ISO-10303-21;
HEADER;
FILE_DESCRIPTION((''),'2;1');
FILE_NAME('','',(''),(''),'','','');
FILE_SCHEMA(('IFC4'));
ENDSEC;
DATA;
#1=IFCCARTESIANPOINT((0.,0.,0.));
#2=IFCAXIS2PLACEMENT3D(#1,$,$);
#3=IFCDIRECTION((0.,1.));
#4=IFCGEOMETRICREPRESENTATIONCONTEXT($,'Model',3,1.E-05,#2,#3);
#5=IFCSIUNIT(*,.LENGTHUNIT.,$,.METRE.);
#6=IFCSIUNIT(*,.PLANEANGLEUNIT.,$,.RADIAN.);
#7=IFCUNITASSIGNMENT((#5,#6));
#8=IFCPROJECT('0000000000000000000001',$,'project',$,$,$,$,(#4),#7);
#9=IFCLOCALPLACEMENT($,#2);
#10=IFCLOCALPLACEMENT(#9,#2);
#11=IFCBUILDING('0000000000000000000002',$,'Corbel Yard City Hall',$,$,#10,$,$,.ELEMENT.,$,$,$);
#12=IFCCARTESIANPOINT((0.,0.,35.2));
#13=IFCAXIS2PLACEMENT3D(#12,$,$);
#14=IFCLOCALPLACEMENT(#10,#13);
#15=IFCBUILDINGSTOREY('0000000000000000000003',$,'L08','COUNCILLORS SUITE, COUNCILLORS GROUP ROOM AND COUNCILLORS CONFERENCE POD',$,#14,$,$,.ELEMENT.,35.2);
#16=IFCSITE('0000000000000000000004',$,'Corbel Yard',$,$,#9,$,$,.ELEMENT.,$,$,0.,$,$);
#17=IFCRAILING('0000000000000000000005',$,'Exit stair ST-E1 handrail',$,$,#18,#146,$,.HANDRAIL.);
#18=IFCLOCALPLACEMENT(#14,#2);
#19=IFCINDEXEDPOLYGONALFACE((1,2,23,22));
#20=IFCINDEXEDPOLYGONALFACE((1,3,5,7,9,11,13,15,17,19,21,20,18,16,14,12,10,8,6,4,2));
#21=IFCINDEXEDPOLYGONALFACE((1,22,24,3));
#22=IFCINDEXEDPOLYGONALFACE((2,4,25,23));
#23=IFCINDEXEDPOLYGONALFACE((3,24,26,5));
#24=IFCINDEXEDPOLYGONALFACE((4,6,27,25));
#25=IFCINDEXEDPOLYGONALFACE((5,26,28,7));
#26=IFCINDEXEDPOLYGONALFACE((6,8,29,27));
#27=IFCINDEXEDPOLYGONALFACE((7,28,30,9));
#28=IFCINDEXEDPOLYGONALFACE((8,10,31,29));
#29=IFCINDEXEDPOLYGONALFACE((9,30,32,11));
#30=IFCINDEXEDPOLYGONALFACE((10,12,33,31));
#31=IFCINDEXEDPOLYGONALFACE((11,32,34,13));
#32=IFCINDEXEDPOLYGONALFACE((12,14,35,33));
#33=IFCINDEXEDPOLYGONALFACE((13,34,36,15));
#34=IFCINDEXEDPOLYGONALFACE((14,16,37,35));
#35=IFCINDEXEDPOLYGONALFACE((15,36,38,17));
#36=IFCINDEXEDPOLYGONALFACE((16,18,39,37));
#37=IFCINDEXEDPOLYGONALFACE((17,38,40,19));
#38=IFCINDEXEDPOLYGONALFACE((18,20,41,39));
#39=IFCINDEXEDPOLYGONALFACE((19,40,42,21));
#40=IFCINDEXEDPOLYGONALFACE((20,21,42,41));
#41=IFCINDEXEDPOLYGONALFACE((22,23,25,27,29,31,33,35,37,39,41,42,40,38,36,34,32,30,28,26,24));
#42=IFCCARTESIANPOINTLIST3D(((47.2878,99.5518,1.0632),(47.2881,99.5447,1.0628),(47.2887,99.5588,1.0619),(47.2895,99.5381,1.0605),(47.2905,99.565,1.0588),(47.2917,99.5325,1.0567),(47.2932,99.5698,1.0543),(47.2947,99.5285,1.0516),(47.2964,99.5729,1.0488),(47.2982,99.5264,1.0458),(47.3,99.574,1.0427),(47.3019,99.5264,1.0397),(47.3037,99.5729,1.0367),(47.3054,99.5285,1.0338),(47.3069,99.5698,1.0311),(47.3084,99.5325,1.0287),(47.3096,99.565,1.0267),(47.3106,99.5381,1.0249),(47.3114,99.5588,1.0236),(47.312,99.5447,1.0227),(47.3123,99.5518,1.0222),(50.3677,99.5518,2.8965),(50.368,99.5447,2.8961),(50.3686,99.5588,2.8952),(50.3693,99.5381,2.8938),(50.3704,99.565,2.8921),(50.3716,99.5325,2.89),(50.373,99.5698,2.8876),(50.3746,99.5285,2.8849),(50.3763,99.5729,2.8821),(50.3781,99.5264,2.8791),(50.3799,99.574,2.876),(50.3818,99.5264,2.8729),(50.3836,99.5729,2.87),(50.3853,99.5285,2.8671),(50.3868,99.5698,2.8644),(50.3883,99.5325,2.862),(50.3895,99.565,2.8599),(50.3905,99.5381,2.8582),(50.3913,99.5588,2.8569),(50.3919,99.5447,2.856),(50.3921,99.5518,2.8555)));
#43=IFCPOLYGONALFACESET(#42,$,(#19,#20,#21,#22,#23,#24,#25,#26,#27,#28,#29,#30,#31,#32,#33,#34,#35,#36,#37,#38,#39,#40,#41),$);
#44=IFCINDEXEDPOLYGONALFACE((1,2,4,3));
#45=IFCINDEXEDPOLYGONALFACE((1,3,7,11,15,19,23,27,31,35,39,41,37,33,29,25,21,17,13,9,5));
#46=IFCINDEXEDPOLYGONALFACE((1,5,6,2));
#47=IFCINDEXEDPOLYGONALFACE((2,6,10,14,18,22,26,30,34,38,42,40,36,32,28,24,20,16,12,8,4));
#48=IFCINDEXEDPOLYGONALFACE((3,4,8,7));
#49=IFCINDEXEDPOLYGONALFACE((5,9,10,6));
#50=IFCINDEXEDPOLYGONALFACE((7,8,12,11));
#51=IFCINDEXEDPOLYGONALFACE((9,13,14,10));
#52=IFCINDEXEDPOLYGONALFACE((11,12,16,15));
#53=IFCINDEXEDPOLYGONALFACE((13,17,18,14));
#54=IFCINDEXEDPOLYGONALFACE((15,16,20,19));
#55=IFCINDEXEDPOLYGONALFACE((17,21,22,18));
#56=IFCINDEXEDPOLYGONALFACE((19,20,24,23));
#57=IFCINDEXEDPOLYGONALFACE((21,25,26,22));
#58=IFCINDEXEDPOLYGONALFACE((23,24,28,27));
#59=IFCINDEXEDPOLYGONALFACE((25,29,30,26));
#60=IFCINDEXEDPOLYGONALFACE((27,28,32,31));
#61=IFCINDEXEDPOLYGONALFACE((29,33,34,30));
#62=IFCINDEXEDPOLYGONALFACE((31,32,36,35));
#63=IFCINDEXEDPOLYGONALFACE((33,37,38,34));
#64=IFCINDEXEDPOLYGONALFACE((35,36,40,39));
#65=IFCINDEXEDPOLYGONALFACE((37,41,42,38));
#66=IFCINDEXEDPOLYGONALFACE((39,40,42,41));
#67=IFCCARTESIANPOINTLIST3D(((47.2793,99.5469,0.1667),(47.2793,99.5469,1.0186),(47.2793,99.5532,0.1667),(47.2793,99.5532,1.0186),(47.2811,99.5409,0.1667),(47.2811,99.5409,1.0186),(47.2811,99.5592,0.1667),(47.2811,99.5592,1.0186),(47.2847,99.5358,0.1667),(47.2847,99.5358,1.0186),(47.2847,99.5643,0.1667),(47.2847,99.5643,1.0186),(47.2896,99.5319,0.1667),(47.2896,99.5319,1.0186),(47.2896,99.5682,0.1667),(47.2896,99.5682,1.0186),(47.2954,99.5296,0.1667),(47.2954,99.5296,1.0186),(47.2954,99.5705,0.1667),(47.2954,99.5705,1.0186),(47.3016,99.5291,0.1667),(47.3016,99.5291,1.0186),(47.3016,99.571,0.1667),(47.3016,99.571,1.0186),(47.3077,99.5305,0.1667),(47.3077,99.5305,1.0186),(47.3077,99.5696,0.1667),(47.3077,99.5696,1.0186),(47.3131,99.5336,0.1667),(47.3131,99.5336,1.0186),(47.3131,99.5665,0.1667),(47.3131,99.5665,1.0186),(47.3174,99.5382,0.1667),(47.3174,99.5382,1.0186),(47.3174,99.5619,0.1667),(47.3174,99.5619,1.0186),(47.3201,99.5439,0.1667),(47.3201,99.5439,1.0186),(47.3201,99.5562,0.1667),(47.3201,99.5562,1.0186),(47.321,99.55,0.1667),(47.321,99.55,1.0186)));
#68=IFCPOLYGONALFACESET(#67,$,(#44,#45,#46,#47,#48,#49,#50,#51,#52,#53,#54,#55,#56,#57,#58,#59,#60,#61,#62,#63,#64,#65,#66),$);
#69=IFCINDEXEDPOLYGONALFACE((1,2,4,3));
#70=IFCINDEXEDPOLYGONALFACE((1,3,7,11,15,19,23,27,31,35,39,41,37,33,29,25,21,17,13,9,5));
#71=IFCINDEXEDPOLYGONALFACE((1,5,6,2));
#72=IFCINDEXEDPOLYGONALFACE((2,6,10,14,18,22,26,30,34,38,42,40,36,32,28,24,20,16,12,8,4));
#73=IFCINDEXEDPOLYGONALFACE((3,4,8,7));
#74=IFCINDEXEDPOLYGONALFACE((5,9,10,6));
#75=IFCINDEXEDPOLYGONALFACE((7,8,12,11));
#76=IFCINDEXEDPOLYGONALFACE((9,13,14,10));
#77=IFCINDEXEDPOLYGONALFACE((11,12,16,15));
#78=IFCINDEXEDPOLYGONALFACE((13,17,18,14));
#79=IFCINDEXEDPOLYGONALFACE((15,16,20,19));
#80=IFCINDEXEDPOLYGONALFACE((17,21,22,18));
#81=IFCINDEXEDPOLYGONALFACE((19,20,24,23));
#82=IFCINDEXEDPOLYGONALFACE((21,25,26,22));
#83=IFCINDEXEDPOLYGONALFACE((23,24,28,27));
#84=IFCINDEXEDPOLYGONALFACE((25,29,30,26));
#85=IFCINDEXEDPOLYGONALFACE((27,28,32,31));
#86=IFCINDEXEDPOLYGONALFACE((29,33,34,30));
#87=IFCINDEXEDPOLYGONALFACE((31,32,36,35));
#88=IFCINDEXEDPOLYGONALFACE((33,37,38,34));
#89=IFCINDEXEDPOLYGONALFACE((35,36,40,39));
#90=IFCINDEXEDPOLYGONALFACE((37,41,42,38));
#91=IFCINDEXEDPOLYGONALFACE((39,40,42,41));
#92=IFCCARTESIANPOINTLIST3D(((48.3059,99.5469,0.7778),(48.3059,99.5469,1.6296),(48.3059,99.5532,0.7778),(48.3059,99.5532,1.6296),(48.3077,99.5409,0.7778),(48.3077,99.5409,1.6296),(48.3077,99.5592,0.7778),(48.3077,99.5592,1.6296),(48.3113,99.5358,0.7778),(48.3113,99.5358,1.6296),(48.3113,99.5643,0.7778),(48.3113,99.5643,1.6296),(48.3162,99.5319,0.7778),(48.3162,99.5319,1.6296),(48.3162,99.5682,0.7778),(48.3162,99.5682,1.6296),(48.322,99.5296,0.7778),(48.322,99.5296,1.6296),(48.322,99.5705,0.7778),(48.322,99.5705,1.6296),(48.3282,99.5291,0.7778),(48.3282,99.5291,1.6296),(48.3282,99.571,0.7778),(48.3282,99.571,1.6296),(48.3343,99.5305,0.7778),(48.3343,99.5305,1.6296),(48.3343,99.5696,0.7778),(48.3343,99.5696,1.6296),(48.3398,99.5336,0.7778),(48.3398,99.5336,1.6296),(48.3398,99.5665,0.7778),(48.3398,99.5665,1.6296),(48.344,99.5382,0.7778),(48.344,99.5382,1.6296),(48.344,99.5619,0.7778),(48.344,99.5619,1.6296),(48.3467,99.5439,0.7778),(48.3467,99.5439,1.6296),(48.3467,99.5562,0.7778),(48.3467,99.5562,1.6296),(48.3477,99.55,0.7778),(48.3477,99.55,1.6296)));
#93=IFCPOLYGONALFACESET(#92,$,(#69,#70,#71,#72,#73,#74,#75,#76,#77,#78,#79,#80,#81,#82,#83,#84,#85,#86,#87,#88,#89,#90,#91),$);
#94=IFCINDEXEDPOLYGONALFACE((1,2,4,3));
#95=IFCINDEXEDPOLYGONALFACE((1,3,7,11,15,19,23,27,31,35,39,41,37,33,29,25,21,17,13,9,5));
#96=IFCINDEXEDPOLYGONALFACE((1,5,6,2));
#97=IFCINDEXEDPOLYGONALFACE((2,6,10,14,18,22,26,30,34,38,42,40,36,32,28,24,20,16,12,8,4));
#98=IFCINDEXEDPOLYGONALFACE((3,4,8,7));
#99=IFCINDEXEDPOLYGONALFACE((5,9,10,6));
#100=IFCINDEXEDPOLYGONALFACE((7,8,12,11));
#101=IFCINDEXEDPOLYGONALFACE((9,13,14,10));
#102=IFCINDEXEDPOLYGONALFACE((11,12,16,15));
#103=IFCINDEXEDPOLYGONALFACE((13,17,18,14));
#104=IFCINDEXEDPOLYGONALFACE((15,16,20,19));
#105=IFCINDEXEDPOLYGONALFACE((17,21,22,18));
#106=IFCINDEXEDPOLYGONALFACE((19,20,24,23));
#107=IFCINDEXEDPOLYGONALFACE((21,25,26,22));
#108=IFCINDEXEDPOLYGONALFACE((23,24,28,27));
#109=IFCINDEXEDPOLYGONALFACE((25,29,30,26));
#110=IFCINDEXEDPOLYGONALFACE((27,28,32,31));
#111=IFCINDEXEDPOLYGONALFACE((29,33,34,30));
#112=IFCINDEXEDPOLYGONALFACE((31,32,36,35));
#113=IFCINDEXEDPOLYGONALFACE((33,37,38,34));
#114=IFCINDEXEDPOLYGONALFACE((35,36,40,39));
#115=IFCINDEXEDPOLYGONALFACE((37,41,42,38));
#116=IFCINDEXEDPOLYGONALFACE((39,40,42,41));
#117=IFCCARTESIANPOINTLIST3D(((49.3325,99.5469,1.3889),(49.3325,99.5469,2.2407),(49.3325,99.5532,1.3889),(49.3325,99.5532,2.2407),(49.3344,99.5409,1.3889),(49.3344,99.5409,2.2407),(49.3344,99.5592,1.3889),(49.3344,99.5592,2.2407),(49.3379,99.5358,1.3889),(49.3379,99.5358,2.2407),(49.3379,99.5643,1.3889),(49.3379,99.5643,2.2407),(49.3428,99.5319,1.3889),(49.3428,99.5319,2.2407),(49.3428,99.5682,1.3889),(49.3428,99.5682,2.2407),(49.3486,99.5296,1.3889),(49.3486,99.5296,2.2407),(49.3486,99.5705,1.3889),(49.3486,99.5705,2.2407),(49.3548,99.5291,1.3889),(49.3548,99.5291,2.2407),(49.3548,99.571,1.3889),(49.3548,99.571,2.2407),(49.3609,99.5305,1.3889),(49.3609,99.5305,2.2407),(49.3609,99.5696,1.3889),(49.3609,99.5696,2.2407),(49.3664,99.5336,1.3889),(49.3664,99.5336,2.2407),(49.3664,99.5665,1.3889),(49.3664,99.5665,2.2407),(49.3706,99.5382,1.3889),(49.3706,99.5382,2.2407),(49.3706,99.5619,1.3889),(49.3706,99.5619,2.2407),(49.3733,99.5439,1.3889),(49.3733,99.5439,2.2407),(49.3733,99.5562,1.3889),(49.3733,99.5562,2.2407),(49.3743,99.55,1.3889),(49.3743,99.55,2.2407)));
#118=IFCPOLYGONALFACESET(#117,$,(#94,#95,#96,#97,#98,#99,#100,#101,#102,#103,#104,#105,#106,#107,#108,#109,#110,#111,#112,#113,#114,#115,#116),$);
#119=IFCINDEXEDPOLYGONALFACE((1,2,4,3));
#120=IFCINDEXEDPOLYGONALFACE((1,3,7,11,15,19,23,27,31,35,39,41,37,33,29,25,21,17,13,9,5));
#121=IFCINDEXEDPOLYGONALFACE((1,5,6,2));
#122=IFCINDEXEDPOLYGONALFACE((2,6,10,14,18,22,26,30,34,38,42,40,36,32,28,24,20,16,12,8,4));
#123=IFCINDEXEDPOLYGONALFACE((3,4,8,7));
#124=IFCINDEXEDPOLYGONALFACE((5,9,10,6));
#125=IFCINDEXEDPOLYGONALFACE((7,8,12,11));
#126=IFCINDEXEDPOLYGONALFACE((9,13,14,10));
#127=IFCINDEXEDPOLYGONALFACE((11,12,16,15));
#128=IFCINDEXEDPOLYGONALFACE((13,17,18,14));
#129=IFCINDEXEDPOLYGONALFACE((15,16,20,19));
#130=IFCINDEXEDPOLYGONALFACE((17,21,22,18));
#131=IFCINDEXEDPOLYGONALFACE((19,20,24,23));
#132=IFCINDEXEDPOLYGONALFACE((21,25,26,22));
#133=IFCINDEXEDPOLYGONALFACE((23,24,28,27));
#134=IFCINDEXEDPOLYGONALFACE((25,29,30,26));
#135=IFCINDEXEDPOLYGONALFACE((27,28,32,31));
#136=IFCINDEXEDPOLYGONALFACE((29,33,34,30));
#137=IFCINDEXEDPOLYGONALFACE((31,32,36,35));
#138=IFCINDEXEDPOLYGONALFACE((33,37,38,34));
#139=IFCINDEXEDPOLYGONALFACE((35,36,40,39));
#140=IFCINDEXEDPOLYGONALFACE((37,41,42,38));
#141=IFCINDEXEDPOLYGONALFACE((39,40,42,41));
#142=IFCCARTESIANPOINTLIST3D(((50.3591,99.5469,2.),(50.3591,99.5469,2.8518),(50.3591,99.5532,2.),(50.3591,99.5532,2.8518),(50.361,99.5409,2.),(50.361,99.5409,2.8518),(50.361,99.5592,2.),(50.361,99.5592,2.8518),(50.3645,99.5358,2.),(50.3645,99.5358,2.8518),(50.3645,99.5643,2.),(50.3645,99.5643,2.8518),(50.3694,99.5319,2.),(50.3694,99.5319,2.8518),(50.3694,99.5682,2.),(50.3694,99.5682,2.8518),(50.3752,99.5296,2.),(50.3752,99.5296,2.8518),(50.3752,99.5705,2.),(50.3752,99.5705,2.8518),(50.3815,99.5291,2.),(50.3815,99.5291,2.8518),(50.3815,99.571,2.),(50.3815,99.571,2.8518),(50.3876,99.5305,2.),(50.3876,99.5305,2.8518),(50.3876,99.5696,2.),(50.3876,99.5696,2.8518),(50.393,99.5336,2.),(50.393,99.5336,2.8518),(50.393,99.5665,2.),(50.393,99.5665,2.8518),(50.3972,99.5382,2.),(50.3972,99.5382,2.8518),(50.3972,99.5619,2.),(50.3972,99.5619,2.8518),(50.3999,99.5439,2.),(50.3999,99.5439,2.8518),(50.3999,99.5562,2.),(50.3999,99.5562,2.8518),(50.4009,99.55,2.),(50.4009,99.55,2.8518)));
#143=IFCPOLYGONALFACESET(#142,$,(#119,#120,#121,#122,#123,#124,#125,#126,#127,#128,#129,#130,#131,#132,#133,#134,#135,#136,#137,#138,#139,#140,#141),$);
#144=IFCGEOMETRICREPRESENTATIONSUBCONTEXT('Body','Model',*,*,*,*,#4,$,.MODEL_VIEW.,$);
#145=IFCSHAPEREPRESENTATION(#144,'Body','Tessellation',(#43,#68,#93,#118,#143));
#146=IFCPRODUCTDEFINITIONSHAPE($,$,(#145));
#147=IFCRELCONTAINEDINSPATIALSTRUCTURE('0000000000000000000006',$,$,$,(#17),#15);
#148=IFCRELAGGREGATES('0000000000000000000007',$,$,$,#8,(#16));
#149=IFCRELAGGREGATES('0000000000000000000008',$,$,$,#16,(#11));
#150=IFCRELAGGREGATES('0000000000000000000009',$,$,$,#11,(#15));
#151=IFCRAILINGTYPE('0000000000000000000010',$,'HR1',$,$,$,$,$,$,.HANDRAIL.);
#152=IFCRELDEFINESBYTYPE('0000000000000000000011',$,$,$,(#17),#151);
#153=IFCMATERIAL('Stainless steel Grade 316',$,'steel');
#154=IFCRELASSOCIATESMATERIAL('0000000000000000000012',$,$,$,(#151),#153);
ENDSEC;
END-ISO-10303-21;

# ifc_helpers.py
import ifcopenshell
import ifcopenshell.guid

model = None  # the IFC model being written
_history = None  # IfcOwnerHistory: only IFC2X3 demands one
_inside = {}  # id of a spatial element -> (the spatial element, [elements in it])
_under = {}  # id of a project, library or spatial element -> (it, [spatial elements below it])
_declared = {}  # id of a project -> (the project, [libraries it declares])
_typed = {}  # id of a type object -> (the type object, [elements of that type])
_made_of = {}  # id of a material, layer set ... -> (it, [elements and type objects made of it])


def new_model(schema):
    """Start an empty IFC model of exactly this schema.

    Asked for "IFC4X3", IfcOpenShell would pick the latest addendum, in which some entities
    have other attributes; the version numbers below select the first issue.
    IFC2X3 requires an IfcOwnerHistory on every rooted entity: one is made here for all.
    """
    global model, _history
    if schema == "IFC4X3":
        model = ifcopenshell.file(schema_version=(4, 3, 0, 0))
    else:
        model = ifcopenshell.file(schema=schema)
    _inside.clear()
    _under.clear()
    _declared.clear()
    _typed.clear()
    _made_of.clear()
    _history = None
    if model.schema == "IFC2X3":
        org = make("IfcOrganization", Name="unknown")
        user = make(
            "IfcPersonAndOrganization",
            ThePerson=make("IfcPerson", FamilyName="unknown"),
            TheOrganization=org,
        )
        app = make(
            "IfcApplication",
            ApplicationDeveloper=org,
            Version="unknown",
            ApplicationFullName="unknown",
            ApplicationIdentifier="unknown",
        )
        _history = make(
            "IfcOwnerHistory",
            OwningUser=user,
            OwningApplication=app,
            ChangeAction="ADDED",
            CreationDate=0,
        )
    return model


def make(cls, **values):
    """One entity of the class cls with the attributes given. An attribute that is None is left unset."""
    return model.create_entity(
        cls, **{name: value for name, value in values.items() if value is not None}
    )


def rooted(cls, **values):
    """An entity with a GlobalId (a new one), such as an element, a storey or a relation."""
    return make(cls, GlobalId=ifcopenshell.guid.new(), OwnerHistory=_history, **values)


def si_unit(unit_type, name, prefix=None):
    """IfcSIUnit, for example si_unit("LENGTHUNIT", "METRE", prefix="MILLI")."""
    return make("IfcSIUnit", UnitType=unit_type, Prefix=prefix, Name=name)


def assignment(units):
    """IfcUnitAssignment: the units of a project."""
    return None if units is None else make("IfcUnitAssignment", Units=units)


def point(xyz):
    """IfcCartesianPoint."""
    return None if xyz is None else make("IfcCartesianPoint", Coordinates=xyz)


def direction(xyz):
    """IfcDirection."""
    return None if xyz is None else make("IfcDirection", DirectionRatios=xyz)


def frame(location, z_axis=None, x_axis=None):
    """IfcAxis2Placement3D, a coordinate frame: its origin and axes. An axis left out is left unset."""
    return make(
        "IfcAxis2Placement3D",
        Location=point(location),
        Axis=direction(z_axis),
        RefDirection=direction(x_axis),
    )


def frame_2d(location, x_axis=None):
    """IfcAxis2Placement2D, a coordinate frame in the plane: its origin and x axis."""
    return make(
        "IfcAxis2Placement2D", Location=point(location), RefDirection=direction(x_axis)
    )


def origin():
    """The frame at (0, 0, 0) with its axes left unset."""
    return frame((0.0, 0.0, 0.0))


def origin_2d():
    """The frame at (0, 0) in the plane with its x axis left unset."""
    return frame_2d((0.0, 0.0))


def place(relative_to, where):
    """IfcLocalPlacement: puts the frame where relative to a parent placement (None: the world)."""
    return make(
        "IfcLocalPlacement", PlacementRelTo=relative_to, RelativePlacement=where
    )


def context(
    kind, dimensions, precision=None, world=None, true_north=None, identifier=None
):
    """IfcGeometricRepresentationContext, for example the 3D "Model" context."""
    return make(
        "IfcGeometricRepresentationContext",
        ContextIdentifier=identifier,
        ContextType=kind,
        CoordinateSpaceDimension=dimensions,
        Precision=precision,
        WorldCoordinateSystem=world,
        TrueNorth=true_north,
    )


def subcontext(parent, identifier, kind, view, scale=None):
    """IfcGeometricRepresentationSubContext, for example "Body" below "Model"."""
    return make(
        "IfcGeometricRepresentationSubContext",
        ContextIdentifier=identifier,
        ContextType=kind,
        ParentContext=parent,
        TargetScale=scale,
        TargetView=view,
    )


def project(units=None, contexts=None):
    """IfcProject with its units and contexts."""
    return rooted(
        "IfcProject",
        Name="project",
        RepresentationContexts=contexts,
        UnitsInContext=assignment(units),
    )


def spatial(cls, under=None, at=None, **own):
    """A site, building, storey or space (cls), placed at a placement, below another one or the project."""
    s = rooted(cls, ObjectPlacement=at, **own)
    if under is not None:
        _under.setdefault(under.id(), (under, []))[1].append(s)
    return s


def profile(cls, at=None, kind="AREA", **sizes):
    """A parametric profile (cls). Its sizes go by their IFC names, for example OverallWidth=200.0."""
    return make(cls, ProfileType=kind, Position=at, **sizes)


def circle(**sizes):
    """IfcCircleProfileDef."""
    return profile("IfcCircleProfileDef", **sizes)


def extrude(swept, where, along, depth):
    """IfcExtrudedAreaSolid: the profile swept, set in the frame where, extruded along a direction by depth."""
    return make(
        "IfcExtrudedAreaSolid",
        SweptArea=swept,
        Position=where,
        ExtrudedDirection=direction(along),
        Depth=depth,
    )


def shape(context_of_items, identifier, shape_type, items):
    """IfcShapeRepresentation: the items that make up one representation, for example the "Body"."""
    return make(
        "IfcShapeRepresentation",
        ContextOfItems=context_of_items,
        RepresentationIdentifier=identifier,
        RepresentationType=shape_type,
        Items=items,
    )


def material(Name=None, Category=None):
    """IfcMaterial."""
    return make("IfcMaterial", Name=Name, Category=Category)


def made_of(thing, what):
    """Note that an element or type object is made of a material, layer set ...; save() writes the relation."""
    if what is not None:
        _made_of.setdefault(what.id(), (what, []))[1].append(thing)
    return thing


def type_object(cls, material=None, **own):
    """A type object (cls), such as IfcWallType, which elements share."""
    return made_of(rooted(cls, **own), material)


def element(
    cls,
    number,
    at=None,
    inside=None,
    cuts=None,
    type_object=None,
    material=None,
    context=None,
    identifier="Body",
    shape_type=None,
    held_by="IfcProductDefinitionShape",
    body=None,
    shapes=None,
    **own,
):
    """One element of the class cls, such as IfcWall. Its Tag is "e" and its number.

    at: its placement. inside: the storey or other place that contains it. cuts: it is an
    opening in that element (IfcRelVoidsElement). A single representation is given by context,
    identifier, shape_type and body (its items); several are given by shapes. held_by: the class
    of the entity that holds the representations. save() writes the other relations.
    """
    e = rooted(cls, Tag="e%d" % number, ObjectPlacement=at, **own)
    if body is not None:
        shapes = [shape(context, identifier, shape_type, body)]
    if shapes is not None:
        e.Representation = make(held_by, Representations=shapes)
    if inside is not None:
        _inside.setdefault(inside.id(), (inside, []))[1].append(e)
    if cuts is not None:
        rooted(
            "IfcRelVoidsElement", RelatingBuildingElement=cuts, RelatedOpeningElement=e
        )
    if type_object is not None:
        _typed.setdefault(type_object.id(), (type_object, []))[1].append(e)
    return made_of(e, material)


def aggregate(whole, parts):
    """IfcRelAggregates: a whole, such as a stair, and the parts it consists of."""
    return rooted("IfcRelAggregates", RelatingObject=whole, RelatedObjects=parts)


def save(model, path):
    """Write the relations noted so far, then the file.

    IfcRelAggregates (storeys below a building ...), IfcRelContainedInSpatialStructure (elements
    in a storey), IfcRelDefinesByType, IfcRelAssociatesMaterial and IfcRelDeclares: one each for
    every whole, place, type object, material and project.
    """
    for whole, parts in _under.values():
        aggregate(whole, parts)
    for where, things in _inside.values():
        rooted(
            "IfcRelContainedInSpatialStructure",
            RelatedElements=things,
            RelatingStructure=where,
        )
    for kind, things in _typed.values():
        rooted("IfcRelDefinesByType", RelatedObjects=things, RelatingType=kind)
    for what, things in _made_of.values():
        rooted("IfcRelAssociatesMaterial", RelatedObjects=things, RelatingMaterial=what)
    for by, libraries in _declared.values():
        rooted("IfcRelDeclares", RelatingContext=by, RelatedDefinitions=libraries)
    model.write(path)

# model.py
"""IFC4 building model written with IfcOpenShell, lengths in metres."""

from ifc_helpers import new_model, si_unit, direction, frame, origin, origin_2d, place, context, subcontext, project, spatial, circle, extrude, material, type_object, element, save


model = new_model("IFC4")

# Units and contexts
model_context = context("Model", 3, precision=1e-05, world=origin(), true_north=direction((0.0, 1.0)))
body_context = subcontext(model_context, "Body", "Model", "MODEL_VIEW")
ifc_project = project(units=[si_unit("LENGTHUNIT", "METRE"), si_unit("PLANEANGLEUNIT", "RADIAN")], contexts=[model_context])

# Site, building, storey
site_placement = place(None, origin())
site = spatial("IfcSite", under=ifc_project, at=site_placement, Name="Corbel Yard", CompositionType="ELEMENT", RefElevation=0.0)
building_placement = place(site_placement, origin())
building = spatial("IfcBuilding", under=site, at=building_placement, Name="Corbel Yard City Hall", CompositionType="ELEMENT")
storey_placement = place(building_placement, frame((0.0, 0.0, 35.2)))
storey = spatial("IfcBuildingStorey", under=building, at=storey_placement, Name="L08", Description="COUNCILLORS SUITE, COUNCILLORS GROUP ROOM AND COUNCILLORS CONFERENCE POD", CompositionType="ELEMENT", Elevation=35.2)

# Shared definitions
ifc_material_1 = material(Name="Stainless steel Grade 316", Category="steel")

# Railing
railing_type = type_object("IfcRailingType", Name="HR1", PredefinedType="HANDRAIL", material=ifc_material_1)
for number, where, name in (
    (1, (47.3, 99.55, 0.1667), "Exit stair ST-E1 handrail"),
):
    element("IfcRailing", number, at=place(storey_placement, frame(where)), inside=storey, type_object=railing_type, Name=name, PredefinedType="HANDRAIL", context=body_context, shape_type="SweptSolid", body=[
        extrude(circle(Radius=0.0239, at=origin_2d()), frame((0.0, 0.0, 0.876), z_axis=(0.859291, 0.0, 0.511487), x_axis=(0.0, 1.0, 0.0)), (0.0, 0.0, 1.0), 3.5842),
        extrude(circle(Radius=0.021, at=origin_2d()), origin(), (0.0, 0.0, 1.0), 0.8518),
        extrude(circle(Radius=0.021, at=origin_2d()), frame((1.0266, 0.0, 0.6111)), (0.0, 0.0, 1.0), 0.8518),
        extrude(circle(Radius=0.021, at=origin_2d()), frame((2.0532, 0.0, 1.2222)), (0.0, 0.0, 1.0), 0.8518),
        extrude(circle(Radius=0.021, at=origin_2d()), frame((3.0798, 0.0, 1.8333)), (0.0, 0.0, 1.0), 0.8518),
    ])

save(model, "model.ifc")
